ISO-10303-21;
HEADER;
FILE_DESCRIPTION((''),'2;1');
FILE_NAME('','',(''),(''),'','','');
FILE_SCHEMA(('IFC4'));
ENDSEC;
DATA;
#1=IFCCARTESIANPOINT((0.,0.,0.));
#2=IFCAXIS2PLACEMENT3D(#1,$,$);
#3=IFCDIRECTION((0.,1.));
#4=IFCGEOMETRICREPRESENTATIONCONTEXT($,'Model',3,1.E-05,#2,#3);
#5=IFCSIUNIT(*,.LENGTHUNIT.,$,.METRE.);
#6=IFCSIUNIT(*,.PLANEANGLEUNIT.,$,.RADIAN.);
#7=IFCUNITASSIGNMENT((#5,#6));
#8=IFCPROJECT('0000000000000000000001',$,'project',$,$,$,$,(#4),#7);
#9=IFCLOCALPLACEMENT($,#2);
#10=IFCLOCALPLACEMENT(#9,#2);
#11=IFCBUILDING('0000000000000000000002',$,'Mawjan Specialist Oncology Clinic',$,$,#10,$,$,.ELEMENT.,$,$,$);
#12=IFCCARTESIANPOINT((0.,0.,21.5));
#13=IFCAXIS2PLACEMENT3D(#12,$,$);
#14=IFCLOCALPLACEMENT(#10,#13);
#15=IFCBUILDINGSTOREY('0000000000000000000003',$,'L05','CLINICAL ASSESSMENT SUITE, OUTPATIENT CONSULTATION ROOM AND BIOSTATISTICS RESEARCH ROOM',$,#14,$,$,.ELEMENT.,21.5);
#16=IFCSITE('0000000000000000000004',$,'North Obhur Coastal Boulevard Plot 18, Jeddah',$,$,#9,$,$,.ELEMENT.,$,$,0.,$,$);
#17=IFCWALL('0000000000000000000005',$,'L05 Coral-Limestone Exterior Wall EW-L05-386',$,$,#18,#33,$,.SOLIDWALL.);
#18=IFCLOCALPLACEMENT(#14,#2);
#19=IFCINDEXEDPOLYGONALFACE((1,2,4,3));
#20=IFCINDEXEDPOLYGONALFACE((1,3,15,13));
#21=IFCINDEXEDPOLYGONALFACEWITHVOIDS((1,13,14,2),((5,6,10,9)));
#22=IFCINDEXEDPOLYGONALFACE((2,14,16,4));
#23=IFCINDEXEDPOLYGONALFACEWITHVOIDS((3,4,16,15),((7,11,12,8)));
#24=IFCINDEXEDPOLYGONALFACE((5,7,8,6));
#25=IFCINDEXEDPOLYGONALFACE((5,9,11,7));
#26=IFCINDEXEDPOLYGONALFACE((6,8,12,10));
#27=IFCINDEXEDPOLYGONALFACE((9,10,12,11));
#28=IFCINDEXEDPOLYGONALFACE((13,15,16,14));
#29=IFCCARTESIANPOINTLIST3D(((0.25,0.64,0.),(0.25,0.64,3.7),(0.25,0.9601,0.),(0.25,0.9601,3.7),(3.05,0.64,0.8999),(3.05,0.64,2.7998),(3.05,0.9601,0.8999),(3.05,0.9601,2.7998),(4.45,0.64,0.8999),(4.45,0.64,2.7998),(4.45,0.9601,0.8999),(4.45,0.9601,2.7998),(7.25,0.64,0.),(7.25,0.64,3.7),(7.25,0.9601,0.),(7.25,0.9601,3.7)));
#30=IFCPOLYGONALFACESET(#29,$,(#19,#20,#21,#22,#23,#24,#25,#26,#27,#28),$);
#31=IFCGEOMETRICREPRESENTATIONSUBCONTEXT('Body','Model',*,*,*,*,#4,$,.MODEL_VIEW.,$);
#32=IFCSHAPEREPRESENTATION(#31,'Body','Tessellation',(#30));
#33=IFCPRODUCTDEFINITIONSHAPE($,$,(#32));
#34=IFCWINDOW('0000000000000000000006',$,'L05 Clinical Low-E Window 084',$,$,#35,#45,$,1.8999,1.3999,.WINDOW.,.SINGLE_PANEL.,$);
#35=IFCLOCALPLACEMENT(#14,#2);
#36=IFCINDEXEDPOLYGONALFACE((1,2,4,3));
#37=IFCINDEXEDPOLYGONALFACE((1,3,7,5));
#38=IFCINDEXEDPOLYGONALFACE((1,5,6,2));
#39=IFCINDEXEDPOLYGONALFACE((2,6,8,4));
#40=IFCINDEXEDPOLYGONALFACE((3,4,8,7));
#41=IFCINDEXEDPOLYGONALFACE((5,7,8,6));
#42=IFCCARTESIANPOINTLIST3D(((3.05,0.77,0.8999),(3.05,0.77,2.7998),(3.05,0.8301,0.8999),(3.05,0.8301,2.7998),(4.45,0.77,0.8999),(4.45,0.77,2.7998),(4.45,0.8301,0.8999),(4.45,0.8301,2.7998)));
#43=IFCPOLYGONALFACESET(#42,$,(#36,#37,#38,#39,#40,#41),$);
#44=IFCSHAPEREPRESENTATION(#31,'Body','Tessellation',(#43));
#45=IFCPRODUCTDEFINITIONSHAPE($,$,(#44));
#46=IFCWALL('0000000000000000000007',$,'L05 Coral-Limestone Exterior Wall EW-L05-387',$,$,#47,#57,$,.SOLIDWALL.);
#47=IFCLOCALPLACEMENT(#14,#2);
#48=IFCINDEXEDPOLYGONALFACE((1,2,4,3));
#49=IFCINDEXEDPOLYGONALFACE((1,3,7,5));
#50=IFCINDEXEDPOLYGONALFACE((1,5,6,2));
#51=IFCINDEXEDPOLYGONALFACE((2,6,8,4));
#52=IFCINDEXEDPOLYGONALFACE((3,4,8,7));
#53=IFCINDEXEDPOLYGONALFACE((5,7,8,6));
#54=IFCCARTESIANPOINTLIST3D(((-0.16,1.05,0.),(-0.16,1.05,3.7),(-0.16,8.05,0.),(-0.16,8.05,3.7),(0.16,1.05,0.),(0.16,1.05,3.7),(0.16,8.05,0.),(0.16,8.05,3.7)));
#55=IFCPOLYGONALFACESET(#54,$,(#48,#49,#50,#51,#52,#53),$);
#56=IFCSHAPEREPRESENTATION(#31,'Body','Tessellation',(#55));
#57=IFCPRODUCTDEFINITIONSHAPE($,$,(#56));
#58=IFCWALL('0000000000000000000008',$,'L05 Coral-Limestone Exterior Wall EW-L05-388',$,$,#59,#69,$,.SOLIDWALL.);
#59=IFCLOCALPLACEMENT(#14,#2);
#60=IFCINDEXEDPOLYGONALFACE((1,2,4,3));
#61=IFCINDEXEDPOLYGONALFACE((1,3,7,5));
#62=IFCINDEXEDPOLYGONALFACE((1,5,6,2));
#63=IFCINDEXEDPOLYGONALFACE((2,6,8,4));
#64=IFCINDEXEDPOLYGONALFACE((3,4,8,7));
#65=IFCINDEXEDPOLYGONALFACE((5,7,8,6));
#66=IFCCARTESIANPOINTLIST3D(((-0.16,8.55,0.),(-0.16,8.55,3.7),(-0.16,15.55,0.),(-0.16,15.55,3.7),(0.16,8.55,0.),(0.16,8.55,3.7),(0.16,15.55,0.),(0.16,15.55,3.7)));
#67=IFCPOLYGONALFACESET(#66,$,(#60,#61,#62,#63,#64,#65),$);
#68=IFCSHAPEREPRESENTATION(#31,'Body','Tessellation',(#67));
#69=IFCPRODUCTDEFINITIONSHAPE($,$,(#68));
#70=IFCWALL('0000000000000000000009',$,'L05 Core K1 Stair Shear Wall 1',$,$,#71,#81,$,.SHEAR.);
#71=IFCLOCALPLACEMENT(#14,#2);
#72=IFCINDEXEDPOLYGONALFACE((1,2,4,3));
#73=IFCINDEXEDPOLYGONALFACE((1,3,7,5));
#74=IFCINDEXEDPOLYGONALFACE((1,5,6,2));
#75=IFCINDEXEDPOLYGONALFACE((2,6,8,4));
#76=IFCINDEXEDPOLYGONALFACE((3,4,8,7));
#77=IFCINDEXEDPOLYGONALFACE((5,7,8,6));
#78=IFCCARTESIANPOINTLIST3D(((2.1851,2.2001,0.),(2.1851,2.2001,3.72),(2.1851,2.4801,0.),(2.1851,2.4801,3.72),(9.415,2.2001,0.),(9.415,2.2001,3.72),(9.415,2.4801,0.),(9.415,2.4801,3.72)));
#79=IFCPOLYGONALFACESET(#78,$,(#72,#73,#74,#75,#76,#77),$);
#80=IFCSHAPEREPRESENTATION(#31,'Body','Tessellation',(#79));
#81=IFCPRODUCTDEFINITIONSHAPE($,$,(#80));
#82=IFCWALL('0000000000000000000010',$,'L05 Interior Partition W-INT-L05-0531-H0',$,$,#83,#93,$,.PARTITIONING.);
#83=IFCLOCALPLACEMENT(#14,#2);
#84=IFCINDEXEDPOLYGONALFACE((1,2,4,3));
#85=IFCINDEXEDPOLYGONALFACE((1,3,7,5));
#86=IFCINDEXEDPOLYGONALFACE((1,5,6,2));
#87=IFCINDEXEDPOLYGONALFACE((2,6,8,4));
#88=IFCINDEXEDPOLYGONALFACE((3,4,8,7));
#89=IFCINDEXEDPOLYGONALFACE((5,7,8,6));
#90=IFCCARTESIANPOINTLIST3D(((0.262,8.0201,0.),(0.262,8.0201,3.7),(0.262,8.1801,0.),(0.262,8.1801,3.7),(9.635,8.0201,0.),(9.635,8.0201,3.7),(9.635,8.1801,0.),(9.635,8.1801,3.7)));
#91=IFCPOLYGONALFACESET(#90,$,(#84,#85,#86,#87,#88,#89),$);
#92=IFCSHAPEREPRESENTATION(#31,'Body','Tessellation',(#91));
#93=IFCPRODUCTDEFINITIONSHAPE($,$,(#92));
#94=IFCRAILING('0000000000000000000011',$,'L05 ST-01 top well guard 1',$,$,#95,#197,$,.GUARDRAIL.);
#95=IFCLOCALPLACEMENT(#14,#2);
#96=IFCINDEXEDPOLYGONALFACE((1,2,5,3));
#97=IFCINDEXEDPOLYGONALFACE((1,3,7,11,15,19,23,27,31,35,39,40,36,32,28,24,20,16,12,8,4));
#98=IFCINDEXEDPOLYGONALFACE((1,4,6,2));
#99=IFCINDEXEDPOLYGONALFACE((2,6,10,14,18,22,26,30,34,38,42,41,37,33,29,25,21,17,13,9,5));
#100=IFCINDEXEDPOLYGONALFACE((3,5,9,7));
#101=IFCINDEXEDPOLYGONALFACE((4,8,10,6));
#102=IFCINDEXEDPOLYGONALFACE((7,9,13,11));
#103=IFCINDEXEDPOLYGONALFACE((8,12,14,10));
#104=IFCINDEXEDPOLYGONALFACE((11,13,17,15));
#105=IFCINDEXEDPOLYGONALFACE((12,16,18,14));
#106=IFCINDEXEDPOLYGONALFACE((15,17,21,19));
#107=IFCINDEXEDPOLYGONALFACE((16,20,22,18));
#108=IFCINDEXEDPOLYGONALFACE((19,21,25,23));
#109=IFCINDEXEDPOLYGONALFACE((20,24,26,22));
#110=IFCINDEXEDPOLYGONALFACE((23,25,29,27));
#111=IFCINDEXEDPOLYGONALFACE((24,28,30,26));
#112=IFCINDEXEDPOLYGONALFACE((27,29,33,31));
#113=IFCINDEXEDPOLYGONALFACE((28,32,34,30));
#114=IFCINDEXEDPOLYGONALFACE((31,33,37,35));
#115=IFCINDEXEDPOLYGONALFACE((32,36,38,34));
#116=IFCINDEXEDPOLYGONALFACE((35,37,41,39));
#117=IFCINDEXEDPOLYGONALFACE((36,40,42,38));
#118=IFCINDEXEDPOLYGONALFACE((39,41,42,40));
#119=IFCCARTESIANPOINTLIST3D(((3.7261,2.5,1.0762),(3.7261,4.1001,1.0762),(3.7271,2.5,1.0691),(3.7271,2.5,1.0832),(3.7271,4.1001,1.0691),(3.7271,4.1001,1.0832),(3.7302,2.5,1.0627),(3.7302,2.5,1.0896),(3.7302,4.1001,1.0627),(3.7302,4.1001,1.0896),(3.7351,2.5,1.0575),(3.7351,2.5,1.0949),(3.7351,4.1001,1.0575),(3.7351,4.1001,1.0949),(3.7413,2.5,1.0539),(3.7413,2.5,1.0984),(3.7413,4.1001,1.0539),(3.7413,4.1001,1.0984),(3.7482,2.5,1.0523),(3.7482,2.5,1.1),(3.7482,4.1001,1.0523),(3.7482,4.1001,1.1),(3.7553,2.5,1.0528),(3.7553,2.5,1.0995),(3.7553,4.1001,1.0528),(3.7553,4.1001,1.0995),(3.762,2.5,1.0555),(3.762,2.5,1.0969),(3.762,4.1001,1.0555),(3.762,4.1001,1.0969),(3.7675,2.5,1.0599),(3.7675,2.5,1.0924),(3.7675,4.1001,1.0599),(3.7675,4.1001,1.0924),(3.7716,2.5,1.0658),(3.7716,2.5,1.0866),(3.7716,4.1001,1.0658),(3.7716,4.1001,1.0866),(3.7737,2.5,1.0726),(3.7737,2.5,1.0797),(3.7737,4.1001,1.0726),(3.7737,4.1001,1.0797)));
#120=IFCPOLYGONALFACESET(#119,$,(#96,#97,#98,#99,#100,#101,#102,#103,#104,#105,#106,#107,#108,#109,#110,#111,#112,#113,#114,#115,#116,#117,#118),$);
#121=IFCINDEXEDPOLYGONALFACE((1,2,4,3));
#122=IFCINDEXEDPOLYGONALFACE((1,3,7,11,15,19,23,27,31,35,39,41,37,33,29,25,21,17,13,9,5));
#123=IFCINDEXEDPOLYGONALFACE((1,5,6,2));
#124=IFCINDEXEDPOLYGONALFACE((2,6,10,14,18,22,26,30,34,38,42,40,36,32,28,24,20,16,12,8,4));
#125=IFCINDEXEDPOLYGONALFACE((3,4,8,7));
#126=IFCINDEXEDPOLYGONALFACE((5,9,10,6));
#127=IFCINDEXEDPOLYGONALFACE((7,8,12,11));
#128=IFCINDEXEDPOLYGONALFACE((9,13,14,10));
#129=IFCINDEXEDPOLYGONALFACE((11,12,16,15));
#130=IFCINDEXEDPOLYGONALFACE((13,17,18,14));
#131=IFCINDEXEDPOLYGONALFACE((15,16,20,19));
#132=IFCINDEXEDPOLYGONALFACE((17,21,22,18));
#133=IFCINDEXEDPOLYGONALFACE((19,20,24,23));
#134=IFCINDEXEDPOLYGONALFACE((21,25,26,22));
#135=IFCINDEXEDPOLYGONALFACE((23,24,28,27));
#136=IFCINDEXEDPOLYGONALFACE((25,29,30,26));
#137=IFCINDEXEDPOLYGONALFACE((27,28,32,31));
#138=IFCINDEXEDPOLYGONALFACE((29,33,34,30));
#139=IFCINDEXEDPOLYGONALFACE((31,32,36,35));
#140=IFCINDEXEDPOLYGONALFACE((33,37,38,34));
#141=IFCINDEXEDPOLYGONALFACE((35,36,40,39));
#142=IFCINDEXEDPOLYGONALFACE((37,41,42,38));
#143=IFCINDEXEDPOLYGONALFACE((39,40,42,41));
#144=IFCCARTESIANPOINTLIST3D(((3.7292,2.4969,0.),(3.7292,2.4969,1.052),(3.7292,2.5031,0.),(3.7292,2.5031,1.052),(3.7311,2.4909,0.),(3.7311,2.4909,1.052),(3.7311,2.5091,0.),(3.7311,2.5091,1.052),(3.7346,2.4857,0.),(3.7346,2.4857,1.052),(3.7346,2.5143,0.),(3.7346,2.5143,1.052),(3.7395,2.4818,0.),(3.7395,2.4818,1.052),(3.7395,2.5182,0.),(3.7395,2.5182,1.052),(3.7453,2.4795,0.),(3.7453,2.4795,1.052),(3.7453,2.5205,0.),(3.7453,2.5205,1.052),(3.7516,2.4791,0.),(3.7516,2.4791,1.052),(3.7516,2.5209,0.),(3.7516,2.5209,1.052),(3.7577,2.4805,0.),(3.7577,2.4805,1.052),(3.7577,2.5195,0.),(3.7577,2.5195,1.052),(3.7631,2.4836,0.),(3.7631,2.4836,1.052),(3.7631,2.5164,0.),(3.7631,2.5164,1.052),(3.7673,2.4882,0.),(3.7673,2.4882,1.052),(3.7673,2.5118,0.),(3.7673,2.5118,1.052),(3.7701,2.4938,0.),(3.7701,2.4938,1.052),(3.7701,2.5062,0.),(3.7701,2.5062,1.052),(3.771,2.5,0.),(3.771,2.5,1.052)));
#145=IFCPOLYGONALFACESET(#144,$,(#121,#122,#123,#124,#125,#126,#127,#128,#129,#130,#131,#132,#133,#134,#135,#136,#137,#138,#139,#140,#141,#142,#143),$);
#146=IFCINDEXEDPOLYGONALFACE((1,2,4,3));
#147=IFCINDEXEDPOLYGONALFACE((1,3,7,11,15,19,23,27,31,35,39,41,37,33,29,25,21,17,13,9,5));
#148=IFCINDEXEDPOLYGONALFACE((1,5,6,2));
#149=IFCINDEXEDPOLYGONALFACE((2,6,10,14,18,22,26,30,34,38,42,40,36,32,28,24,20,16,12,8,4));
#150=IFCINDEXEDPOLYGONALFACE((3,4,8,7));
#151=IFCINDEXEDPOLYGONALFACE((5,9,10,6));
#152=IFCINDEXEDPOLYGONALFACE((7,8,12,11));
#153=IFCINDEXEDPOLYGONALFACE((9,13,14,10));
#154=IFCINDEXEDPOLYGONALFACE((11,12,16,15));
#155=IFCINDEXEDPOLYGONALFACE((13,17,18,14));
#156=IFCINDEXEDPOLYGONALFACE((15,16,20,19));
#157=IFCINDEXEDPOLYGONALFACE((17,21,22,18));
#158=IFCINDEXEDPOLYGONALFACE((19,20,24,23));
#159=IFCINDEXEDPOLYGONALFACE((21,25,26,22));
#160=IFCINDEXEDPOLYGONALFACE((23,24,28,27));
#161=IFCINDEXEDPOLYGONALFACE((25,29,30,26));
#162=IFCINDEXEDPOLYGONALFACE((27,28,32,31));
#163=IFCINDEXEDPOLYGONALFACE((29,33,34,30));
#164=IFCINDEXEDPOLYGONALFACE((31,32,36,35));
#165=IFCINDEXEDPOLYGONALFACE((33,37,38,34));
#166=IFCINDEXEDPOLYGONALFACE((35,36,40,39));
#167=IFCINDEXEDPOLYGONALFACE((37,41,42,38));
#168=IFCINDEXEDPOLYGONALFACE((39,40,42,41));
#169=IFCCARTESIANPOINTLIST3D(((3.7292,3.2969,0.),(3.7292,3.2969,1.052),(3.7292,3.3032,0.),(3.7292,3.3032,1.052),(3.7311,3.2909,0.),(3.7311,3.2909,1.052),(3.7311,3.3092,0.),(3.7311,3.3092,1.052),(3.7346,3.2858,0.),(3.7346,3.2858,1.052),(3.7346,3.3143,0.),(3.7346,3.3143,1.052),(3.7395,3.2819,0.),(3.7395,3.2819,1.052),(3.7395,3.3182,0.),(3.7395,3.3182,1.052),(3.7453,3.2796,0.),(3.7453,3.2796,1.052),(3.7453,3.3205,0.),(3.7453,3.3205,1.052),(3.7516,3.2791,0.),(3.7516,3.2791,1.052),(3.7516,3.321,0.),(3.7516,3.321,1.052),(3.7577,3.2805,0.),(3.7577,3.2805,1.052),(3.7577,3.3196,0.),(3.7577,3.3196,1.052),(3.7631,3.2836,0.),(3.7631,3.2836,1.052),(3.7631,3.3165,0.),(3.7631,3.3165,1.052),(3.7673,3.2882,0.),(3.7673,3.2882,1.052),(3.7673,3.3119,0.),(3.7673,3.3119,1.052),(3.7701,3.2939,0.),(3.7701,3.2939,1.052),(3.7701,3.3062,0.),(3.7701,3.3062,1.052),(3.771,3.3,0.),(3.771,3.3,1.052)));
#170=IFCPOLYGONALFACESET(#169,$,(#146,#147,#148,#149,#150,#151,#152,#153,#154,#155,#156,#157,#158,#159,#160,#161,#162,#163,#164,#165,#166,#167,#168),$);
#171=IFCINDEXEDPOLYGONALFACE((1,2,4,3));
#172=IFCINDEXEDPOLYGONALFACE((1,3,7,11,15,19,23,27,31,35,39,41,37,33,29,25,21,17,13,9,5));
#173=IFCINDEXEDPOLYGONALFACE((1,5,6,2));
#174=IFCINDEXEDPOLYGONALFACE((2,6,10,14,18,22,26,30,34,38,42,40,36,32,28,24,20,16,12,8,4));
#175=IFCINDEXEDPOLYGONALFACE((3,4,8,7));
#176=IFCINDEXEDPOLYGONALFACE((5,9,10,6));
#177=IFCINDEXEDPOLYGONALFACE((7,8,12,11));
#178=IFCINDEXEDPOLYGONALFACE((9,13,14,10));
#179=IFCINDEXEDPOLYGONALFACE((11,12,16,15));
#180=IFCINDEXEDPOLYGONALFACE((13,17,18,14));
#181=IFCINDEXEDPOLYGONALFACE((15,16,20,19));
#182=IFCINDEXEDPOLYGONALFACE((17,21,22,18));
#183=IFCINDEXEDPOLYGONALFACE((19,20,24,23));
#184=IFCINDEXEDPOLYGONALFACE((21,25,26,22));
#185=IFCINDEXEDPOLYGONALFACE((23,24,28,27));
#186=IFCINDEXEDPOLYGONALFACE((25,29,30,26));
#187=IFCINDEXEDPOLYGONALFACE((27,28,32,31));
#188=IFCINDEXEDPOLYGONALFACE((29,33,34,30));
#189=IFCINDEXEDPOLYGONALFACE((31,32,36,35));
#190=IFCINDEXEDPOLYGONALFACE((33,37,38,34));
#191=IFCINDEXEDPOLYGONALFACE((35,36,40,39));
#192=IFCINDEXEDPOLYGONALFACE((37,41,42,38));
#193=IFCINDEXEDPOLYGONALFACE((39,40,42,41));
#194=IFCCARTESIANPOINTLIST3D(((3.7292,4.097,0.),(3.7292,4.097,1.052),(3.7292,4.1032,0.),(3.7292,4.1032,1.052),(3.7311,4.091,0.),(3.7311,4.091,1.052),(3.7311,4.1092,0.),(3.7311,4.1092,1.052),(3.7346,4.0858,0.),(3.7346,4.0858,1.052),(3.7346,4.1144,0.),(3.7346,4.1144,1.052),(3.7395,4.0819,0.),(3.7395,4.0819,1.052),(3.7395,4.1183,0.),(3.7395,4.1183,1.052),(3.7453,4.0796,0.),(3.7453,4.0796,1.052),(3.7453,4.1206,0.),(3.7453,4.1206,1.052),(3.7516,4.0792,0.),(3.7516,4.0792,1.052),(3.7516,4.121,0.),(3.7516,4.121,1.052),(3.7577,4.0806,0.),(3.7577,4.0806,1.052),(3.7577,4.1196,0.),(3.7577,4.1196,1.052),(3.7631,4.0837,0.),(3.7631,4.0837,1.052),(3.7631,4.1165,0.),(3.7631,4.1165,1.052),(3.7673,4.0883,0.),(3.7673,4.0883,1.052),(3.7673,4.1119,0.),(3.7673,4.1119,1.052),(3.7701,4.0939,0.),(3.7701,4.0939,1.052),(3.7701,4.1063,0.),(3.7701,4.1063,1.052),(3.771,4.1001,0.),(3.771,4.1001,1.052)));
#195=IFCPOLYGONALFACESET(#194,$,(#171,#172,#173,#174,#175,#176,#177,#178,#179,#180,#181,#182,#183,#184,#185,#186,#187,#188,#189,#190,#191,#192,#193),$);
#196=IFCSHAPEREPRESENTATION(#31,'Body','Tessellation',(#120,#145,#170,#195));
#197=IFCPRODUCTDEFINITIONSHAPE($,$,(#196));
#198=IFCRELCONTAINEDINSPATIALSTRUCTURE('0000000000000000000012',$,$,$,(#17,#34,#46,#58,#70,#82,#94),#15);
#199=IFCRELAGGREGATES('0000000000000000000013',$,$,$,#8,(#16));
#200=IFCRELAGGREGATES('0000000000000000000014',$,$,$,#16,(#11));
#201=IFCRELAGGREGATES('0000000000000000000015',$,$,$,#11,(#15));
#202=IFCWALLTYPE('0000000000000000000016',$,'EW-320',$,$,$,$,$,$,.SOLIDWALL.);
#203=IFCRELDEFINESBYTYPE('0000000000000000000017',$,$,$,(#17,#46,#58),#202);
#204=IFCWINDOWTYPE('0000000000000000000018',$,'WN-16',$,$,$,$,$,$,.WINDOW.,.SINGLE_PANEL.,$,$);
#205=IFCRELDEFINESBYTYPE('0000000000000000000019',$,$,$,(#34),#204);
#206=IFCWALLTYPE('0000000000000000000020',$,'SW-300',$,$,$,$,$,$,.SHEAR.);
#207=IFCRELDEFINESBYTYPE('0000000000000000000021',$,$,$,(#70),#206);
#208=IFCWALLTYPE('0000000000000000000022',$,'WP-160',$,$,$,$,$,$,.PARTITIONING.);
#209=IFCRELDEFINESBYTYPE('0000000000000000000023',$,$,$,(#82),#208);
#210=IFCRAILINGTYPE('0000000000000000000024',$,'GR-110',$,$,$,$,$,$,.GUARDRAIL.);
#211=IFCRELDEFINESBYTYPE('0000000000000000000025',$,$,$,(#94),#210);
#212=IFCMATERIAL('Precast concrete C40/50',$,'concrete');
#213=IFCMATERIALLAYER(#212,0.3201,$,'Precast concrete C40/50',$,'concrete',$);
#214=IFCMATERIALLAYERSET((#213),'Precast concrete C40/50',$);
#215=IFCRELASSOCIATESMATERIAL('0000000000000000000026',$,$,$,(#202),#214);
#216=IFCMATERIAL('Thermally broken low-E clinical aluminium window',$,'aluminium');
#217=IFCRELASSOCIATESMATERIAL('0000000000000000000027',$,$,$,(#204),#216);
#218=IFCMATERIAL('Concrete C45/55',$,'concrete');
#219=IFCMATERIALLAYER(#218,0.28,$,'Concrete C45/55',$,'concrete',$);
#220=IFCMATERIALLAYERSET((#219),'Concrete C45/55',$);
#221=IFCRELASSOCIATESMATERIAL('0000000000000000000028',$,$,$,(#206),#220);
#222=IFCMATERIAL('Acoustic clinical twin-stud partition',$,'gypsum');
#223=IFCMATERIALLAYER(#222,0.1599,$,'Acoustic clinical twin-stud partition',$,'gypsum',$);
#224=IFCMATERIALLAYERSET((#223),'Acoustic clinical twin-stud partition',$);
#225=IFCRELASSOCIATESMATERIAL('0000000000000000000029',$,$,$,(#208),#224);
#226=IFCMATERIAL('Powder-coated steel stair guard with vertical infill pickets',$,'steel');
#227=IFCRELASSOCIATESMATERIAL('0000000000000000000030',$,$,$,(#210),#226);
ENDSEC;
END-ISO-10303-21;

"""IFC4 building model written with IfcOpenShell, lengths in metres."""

from ifc_helpers import new_model, si_unit, direction, frame, frame_2d, origin, origin_2d, place, context, subcontext, project, spatial, rectangle, circle, extrude, material, layer, layer_set, type_object, element, fill, save


model = new_model("IFC4")

# Units and contexts
model_context = context("Model", 3, precision=1e-05, world=origin(), true_north=direction((0.0, 1.0)))
body_context = subcontext(model_context, "Body", "Model", "MODEL_VIEW")
ifc_project = project(units=[si_unit("LENGTHUNIT", "METRE"), si_unit("PLANEANGLEUNIT", "RADIAN")], contexts=[model_context])

# Site, building, storey
site_placement = place(None, origin())
site = spatial("IfcSite", under=ifc_project, at=site_placement, Name="North Obhur Coastal Boulevard Plot 18, Jeddah", CompositionType="ELEMENT", RefElevation=0.0)
building_placement = place(site_placement, origin())
building = spatial("IfcBuilding", under=site, at=building_placement, Name="Mawjan Specialist Oncology Clinic", CompositionType="ELEMENT")
storey_placement = place(building_placement, frame((0.0, 0.0, 21.5)))
storey = spatial("IfcBuildingStorey", under=building, at=storey_placement, Name="L05", Description="CLINICAL ASSESSMENT SUITE, OUTPATIENT CONSULTATION ROOM AND BIOSTATISTICS RESEARCH ROOM", CompositionType="ELEMENT", Elevation=21.5)

# Wall, opening, window
ifc_material_1 = material(Name="Precast concrete C40/50", Category="concrete")
ifc_layer_1 = layer(ifc_material_1, 0.3201, Name="Precast concrete C40/50", Category="concrete")
ifc_layer_set_1 = layer_set([ifc_layer_1], Name="Precast concrete C40/50")
wall_type_1 = type_object("IfcWallType", Name="EW-320", PredefinedType="SOLIDWALL", material=ifc_layer_set_1)
wall_1_placement = place(storey_placement, frame((7.25, 0.8, 0.0), z_axis=(0.0, 0.0, 1.0), x_axis=(-1.0, 0.0, 0.0)))
wall_1 = element("IfcWall", 1, at=wall_1_placement, inside=storey, type_object=wall_type_1, Name="L05 Coral-Limestone Exterior Wall EW-L05-386", PredefinedType="SOLIDWALL", context=body_context, shape_type="SweptSolid", body=[
    extrude(rectangle(XDim=7.0, YDim=0.3201, at=frame_2d((3.5, 0.0))), origin(), (0.0, 0.0, 1.0), 3.7),
])
opening_1_placement = place(wall_1_placement, frame((2.8, 0.0, 0.8999)))
opening_1 = element("IfcOpeningElement", 2, at=opening_1_placement, cuts=wall_1, PredefinedType="OPENING", context=body_context, shape_type="SweptSolid", body=[
    extrude(rectangle(XDim=1.3999, YDim=1.8999, at=frame_2d((0.7, 0.95))), frame((0.0, 0.1721, 0.0), z_axis=(0.0, -1.0, 0.0), x_axis=(1.0, 0.0, 0.0)), (0.0, 0.0, 1.0), 0.344),
])
ifc_material_2 = material(Name="Thermally broken low-E clinical aluminium window", Category="aluminium")
window_type = type_object("IfcWindowType", Name="WN-16", PartitioningType="SINGLE_PANEL", PredefinedType="WINDOW", material=ifc_material_2)
window_placement = place(opening_1_placement, origin())
window = element("IfcWindow", 3, at=window_placement, inside=storey, type_object=window_type, Name="L05 Clinical Low-E Window 084", OverallHeight=1.8999, OverallWidth=1.3999, PartitioningType="SINGLE_PANEL", PredefinedType="WINDOW", context=body_context, shape_type="SweptSolid", body=[
    extrude(rectangle(XDim=1.3999, YDim=1.8999, at=frame_2d((0.7, 0.95))), frame((0.0, 0.03, 0.0), z_axis=(0.0, -1.0, 0.0), x_axis=(1.0, 0.0, 0.0)), (0.0, 0.0, 1.0), 0.0601),
])
fill(opening_1, window)

# Walls
for number, where, z_axis, x_axis, name in (
    (4, (0.0, 1.05, 0.0), (0.0, 0.0, 1.0), (0.0, 1.0, 0.0), "L05 Coral-Limestone Exterior Wall EW-L05-387"),
    (5, (0.0, 8.55, 0.0), (0.0, 0.0, 1.0), (0.0, 1.0, 0.0), "L05 Coral-Limestone Exterior Wall EW-L05-388"),
):
    element("IfcWall", number, at=place(storey_placement, frame(where, z_axis=z_axis, x_axis=x_axis)), inside=storey, type_object=wall_type_1, Name=name, PredefinedType="SOLIDWALL", context=body_context, shape_type="SweptSolid", body=[
        extrude(rectangle(XDim=7.0, YDim=0.3201, at=frame_2d((3.5, 0.0))), origin(), (0.0, 0.0, 1.0), 3.7),
    ])
ifc_material_3 = material(Name="Concrete C45/55", Category="concrete")
ifc_layer_2 = layer(ifc_material_3, 0.28, Name="Concrete C45/55", Category="concrete")
ifc_layer_set_2 = layer_set([ifc_layer_2], Name="Concrete C45/55")
wall_type_2 = type_object("IfcWallType", Name="SW-300", PredefinedType="SHEAR", material=ifc_layer_set_2)
wall_2_placement = place(storey_placement, frame((2.1851, 2.3401, 0.0), z_axis=(0.0, 0.0, 1.0), x_axis=(1.0, 0.0, 0.0)))
element("IfcWall", 6, at=wall_2_placement, inside=storey, type_object=wall_type_2, Name="L05 Core K1 Stair Shear Wall 1", PredefinedType="SHEAR", context=body_context, shape_type="SweptSolid", body=[
    extrude(rectangle(XDim=7.23, YDim=0.28, at=frame_2d((3.615, 0.0))), origin(), (0.0, 0.0, 1.0), 3.72),
])

# Wall
ifc_material_4 = material(Name="Acoustic clinical twin-stud partition", Category="gypsum")
ifc_layer_3 = layer(ifc_material_4, 0.1599, Name="Acoustic clinical twin-stud partition", Category="gypsum")
ifc_layer_set_3 = layer_set([ifc_layer_3], Name="Acoustic clinical twin-stud partition")
wall_type_3 = type_object("IfcWallType", Name="WP-160", PredefinedType="PARTITIONING", material=ifc_layer_set_3)
wall_3_placement = place(storey_placement, frame((0.262, 8.1001, 0.0), z_axis=(0.0, 0.0, 1.0), x_axis=(1.0, 0.0, 0.0)))
element("IfcWall", 7, at=wall_3_placement, inside=storey, type_object=wall_type_3, Name="L05 Interior Partition W-INT-L05-0531-H0", PredefinedType="PARTITIONING", context=body_context, shape_type="SweptSolid", body=[
    extrude(rectangle(XDim=9.373, YDim=0.1599, at=frame_2d((4.6865, 0.0))), origin(), (0.0, 0.0, 1.0), 3.7),
])

# Railing
ifc_material_5 = material(Name="Powder-coated steel stair guard with vertical infill pickets", Category="steel")
railing_type = type_object("IfcRailingType", Name="GR-110", PredefinedType="GUARDRAIL", material=ifc_material_5)
railing_placement = place(storey_placement, frame((3.75, 2.5, 0.0)))
element("IfcRailing", 8, at=railing_placement, inside=storey, type_object=railing_type, Name="L05 ST-01 top well guard 1", PredefinedType="GUARDRAIL", context=body_context, shape_type="SweptSolid", body=[
    extrude(circle(Radius=0.0239, at=origin_2d()), frame((0.0, 0.0, 1.0762), z_axis=(0.0, 1.0, 0.0), x_axis=(-1.0, 0.0, 0.0)), (0.0, 0.0, 1.0), 1.6001),
    extrude(circle(Radius=0.021, at=origin_2d()), origin(), (0.0, 0.0, 1.0), 1.052),
    extrude(circle(Radius=0.021, at=origin_2d()), frame((0.0, 0.8, 0.0)), (0.0, 0.0, 1.0), 1.052),
    extrude(circle(Radius=0.021, at=origin_2d()), frame((0.0, 1.6001, 0.0)), (0.0, 0.0, 1.0), 1.052),
])

save(model, "model.ifc")
